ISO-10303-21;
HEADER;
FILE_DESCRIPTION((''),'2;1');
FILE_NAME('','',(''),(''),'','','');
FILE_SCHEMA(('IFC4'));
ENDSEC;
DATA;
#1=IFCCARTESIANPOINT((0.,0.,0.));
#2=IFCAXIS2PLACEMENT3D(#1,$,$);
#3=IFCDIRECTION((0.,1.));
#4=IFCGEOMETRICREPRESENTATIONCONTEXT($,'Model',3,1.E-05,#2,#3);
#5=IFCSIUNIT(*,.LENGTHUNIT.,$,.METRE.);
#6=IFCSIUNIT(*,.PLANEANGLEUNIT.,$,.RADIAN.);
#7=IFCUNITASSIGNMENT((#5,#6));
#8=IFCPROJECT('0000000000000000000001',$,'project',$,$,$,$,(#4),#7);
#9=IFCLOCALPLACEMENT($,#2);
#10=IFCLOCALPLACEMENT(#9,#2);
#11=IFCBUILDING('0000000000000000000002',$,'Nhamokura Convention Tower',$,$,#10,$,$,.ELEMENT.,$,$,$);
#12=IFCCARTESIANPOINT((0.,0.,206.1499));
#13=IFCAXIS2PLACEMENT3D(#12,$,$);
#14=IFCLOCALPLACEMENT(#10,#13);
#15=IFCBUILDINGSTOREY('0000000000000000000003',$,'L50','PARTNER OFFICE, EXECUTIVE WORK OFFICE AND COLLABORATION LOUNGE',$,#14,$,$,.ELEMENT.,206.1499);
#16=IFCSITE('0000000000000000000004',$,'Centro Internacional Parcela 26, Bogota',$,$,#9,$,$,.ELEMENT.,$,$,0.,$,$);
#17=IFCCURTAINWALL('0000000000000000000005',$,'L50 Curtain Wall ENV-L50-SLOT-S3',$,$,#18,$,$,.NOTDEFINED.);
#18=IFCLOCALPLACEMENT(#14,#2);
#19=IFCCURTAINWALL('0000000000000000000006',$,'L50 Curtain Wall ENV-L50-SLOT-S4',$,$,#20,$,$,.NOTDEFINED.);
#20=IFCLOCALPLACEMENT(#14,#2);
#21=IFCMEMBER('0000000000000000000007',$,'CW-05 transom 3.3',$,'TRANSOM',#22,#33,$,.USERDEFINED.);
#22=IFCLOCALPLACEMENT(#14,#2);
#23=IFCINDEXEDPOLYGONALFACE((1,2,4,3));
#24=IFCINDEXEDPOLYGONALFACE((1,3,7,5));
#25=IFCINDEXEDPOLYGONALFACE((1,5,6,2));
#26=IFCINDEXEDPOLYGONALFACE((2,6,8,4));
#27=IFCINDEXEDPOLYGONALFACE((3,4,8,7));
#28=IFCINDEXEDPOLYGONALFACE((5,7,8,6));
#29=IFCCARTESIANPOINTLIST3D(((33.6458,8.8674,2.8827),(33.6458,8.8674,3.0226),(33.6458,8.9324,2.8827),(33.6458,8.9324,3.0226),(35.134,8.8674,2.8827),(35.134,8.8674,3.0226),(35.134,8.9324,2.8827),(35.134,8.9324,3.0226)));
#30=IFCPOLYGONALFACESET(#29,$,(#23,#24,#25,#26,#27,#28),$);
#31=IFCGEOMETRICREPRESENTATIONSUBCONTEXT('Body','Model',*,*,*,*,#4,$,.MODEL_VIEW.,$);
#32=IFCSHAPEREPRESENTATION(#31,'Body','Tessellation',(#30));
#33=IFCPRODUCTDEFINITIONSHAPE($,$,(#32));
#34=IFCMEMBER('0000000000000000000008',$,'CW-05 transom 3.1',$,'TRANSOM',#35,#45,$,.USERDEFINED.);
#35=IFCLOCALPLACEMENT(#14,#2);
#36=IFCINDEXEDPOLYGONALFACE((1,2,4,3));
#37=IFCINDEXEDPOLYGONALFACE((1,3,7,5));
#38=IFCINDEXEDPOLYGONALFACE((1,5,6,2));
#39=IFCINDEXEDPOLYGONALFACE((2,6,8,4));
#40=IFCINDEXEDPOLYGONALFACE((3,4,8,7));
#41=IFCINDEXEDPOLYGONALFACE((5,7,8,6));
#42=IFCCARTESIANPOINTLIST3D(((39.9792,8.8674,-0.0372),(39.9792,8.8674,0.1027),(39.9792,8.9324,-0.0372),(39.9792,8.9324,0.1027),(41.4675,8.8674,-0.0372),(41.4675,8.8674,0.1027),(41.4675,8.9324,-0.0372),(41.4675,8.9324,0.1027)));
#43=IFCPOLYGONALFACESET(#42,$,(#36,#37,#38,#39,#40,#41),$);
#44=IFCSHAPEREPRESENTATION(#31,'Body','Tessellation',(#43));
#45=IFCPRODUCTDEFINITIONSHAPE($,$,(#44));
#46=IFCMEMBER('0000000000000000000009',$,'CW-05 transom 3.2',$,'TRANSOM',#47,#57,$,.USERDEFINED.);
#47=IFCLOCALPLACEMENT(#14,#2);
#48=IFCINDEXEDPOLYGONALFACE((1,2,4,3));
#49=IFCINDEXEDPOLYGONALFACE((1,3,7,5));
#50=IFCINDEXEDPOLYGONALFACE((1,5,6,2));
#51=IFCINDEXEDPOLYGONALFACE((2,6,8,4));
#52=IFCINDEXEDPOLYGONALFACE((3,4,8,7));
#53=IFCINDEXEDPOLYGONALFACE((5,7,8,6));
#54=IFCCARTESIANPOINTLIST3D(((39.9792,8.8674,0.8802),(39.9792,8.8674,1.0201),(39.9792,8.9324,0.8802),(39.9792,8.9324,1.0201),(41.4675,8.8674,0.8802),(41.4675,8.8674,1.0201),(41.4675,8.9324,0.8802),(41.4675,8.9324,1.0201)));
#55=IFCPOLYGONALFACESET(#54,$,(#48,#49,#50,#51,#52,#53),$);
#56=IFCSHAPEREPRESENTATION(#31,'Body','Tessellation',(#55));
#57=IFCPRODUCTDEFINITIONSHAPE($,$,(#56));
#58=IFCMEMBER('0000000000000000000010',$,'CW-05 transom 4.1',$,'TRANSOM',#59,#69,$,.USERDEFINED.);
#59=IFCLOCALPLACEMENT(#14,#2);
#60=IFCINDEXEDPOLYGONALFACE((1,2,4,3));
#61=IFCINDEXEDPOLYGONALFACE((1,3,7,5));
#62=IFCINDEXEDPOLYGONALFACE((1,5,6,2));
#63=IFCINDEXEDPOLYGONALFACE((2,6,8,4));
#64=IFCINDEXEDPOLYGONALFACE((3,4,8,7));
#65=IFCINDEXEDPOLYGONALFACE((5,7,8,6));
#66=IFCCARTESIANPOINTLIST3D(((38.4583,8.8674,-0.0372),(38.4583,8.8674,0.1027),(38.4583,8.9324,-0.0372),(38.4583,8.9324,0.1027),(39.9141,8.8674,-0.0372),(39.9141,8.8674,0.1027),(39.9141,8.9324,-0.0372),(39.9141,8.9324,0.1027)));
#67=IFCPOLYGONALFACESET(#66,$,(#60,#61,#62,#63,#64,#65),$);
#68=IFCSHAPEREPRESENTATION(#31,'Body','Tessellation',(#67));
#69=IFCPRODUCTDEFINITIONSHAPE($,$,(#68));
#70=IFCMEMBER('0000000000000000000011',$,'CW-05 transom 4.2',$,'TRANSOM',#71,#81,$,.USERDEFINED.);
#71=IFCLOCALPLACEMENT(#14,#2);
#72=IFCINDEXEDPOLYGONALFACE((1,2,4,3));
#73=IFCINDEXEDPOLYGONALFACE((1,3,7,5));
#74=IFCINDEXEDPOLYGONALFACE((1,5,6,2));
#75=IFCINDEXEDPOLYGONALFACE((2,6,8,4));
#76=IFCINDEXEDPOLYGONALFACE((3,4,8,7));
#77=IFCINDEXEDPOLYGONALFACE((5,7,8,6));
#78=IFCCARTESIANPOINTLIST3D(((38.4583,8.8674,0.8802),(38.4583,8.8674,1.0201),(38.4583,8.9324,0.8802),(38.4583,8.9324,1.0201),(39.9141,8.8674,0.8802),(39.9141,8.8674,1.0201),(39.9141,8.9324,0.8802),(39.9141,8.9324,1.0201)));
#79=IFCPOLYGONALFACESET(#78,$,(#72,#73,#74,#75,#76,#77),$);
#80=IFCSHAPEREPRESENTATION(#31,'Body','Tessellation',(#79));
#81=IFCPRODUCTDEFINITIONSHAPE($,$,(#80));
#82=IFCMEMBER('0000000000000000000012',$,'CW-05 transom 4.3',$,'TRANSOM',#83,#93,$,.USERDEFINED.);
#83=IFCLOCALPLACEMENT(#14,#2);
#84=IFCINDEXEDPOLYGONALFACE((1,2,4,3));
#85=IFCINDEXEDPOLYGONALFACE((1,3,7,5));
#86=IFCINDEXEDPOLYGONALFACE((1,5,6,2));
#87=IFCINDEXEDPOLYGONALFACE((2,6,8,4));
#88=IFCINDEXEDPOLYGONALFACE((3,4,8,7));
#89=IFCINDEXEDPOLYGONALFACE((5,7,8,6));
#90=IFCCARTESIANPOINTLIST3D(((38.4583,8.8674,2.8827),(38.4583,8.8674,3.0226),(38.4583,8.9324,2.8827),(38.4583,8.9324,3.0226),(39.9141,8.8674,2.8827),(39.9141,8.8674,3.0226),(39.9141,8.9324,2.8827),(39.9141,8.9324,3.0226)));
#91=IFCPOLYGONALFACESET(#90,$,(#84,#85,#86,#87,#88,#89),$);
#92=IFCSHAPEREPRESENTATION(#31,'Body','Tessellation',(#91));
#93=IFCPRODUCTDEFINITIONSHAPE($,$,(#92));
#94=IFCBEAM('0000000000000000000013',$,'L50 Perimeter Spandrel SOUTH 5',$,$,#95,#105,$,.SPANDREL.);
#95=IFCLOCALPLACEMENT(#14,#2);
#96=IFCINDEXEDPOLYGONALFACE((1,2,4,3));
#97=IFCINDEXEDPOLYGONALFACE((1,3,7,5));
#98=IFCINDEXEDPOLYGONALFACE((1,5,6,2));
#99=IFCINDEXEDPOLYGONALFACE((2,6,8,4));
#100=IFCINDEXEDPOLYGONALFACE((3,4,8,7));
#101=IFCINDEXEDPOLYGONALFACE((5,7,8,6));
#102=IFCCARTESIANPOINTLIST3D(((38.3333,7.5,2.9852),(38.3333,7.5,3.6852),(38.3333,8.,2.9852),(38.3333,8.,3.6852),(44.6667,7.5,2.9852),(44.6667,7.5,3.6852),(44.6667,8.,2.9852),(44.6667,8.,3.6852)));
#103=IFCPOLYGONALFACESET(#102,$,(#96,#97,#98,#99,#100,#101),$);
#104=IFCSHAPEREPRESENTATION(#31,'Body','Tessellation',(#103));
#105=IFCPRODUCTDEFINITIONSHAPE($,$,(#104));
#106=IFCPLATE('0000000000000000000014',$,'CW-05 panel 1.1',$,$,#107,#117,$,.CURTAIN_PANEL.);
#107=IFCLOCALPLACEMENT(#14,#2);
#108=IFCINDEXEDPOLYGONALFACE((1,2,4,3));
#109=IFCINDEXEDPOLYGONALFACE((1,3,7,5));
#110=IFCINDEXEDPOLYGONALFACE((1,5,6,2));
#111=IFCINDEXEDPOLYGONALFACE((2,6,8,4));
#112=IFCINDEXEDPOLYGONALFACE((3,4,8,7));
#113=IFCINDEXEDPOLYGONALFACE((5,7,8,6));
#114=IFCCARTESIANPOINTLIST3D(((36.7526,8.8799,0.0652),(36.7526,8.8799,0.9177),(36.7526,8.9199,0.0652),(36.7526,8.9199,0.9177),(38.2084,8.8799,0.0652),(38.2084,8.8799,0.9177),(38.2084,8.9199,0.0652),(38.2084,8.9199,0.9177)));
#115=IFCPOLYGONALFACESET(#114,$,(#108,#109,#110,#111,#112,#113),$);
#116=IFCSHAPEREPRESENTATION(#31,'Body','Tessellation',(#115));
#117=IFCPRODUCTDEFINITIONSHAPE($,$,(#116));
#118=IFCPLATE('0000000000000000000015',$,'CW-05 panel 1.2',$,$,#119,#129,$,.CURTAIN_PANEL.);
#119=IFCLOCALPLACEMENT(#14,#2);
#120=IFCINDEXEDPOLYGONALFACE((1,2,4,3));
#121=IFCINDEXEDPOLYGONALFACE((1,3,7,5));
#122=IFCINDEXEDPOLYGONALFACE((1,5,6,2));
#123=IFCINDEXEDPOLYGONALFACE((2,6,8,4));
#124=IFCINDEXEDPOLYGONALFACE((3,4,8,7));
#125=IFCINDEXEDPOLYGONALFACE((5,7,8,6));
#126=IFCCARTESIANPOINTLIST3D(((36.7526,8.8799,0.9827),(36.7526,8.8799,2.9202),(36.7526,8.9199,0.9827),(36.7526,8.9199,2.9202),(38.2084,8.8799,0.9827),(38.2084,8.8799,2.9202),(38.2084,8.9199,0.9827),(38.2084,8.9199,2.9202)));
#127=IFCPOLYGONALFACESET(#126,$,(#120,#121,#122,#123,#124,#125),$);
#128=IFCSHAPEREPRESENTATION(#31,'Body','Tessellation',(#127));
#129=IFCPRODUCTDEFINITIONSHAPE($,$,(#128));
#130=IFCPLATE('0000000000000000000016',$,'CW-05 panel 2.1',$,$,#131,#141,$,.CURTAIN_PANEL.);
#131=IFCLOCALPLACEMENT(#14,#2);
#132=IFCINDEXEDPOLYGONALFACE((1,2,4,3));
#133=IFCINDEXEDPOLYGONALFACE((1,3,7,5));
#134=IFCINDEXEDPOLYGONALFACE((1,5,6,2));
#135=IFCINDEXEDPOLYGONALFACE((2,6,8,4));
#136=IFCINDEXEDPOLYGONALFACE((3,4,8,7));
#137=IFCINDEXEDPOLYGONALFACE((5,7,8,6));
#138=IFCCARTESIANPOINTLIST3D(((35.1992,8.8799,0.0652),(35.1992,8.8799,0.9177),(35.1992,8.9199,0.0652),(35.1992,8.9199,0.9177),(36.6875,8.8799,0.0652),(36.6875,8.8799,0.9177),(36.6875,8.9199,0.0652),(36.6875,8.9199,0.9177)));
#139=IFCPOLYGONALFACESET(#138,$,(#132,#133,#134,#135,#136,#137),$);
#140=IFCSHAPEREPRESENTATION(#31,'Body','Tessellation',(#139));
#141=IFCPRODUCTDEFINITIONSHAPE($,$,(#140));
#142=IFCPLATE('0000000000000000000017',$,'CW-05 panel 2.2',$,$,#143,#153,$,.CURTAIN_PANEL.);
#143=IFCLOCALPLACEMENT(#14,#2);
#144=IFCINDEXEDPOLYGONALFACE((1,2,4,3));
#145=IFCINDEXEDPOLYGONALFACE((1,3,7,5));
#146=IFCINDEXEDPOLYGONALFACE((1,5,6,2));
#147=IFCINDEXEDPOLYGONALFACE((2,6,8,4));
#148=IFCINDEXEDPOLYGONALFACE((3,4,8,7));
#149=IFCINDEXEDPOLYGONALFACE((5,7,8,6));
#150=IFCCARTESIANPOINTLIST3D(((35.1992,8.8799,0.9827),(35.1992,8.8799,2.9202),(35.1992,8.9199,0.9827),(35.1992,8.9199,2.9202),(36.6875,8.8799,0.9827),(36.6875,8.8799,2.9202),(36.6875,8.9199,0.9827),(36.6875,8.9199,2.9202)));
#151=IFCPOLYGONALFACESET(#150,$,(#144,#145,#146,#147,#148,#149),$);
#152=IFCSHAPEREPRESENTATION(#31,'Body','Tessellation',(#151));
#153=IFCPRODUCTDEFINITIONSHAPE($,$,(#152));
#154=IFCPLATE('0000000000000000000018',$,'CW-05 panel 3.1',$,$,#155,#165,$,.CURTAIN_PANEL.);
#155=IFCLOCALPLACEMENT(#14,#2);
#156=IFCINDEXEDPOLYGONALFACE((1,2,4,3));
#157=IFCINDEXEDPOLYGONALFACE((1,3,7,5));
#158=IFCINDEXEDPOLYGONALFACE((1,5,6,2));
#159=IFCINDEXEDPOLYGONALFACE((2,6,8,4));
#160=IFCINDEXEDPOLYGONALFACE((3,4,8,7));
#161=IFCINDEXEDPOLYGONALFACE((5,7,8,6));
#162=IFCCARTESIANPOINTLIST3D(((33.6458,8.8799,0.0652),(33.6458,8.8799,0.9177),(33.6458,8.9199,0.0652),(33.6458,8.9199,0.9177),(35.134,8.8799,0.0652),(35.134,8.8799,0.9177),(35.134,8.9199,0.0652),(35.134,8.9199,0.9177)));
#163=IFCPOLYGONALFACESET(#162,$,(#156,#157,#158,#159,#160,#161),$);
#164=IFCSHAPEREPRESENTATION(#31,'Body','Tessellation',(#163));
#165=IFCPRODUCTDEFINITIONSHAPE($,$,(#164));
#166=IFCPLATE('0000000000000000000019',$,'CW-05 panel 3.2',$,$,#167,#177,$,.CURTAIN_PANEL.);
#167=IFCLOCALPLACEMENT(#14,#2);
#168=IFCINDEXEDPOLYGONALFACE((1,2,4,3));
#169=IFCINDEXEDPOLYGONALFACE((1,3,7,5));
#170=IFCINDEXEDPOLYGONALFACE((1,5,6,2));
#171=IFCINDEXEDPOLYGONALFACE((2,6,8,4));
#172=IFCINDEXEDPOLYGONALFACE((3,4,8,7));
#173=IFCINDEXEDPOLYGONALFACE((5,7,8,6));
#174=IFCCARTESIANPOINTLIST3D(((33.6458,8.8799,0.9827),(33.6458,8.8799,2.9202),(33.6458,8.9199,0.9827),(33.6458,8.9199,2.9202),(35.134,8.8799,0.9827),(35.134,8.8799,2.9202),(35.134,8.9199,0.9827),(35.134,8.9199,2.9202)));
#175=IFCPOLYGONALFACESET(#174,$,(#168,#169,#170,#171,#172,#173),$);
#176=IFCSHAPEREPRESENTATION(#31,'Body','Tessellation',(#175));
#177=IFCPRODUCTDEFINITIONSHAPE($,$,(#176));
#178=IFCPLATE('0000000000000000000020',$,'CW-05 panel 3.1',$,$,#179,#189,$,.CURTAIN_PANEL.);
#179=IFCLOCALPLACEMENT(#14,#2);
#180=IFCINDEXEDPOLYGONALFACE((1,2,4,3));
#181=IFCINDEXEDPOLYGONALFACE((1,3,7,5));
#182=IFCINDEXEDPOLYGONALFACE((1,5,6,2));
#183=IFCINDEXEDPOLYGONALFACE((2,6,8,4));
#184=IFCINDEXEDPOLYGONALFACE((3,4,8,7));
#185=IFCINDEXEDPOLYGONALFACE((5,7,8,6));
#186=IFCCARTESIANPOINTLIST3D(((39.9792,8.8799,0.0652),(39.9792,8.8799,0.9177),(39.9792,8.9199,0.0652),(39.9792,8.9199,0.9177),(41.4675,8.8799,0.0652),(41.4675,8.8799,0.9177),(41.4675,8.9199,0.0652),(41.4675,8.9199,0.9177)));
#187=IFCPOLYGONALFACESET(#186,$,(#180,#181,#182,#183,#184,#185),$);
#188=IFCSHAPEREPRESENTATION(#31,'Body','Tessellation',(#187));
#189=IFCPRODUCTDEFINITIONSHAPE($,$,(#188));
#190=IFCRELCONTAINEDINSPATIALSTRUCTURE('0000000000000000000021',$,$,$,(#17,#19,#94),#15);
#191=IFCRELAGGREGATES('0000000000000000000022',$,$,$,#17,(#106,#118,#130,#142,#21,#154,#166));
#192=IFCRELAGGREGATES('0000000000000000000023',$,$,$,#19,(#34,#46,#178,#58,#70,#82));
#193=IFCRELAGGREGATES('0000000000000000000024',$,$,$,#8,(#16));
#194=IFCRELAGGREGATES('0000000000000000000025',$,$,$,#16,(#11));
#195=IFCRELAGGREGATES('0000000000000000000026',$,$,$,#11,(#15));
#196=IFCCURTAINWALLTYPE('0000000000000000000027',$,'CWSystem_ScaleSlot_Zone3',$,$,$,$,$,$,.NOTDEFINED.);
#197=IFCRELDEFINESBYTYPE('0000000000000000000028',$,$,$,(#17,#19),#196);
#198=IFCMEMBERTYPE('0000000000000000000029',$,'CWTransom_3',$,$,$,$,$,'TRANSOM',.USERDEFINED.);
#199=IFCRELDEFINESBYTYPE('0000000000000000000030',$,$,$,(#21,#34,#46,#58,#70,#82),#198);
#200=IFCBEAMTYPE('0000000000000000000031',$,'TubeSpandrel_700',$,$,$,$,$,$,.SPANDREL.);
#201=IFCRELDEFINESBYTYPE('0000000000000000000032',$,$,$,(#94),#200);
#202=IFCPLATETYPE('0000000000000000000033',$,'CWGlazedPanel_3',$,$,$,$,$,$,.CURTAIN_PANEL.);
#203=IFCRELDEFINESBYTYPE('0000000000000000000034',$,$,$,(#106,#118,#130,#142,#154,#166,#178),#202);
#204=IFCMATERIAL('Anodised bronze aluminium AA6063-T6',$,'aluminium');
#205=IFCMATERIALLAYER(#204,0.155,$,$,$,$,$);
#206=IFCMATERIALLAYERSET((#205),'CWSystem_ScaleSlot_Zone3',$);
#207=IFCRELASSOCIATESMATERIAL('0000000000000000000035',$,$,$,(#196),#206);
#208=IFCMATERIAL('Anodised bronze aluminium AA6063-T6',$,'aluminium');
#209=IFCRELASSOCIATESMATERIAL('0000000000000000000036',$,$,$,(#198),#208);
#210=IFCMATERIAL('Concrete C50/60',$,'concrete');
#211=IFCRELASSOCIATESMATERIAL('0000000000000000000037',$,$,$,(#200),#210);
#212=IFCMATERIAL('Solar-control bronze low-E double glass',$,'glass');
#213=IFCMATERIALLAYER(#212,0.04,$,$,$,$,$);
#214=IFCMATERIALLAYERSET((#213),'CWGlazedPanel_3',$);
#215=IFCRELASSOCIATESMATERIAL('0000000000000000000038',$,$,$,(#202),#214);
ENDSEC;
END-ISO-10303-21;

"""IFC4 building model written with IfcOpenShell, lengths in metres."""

from ifc_helpers import new_model, si_unit, direction, frame, origin, origin_2d, place, context, subcontext, project, spatial, rectangle, extrude, material, layer, layer_set, material_profile, profile_set, type_object, element, aggregate, save


model = new_model("IFC4")

# Units and contexts
model_context = context("Model", 3, precision=1e-05, world=origin(), true_north=direction((0.0, 1.0)))
body_context = subcontext(model_context, "Body", "Model", "MODEL_VIEW")
ifc_project = project(units=[si_unit("LENGTHUNIT", "METRE"), si_unit("PLANEANGLEUNIT", "RADIAN")], contexts=[model_context])

# Site, building, storey
site_placement = place(None, origin())
site = spatial("IfcSite", under=ifc_project, at=site_placement, Name="Centro Internacional Parcela 26, Bogota", CompositionType="ELEMENT", RefElevation=0.0)
building_placement = place(site_placement, origin())
building = spatial("IfcBuilding", under=site, at=building_placement, Name="Nhamokura Convention Tower", CompositionType="ELEMENT")
storey_placement = place(building_placement, frame((0.0, 0.0, 206.1499)))
storey = spatial("IfcBuildingStorey", under=building, at=storey_placement, Name="L50", Description="PARTNER OFFICE, EXECUTIVE WORK OFFICE AND COLLABORATION LOUNGE", CompositionType="ELEMENT", Elevation=206.1499)

# Curtain walls
ifc_material_1 = material(Name="Anodised bronze aluminium AA6063-T6", Category="aluminium")
ifc_layer_1 = layer(ifc_material_1, 0.155)
ifc_layer_set_1 = layer_set([ifc_layer_1], Name="CWSystem_ScaleSlot_Zone3")
curtain_wall_type = type_object("IfcCurtainWallType", Name="CWSystem_ScaleSlot_Zone3", PredefinedType="NOTDEFINED", material=ifc_layer_set_1)
curtain_wall_1_placement = place(storey_placement, origin())
curtain_wall_1 = element("IfcCurtainWall", 1, at=curtain_wall_1_placement, inside=storey, type_object=curtain_wall_type, Name="L50 Curtain Wall ENV-L50-SLOT-S3", PredefinedType="NOTDEFINED")
curtain_wall_2_placement = place(storey_placement, origin())
curtain_wall_2 = element("IfcCurtainWall", 2, at=curtain_wall_2_placement, inside=storey, type_object=curtain_wall_type, Name="L50 Curtain Wall ENV-L50-SLOT-S4", PredefinedType="NOTDEFINED")

# Members
ifc_material_2 = material(Name="Anodised bronze aluminium AA6063-T6", Category="aluminium")
ifc_material_profile_1 = material_profile(ifc_material_2, rectangle(XDim=0.0649, YDim=0.1399, at=origin_2d()))
ifc_profile_set_1 = profile_set([ifc_material_profile_1], Name="Anodised bronze aluminium AA6063-T6")
member_type_1 = type_object("IfcMemberType", Name="CWTransom_3", ElementType="TRANSOM", PredefinedType="USERDEFINED", material=ifc_profile_set_1)
member_1_placement = place(storey_placement, frame((35.134, 8.8999, 2.9526), z_axis=(-1.0, 0.0, 0.0), x_axis=(0.0, -1.0, 0.0)))
member_1 = element("IfcMember", 3, at=member_1_placement, type_object=member_type_1, Name="CW-05 transom 3.3", ObjectType="TRANSOM", PredefinedType="USERDEFINED", context=body_context, shape_type="SweptSolid", body=[
    extrude(rectangle(XDim=0.0649, YDim=0.1399, at=origin_2d()), origin(), (0.0, 0.0, 1.0), 1.4883),
])
member_2_placement = place(storey_placement, frame((41.4675, 8.8999, 0.0327), z_axis=(-1.0, 0.0, 0.0), x_axis=(0.0, -1.0, 0.0)))
member_2 = element("IfcMember", 4, at=member_2_placement, type_object=member_type_1, Name="CW-05 transom 3.1", ObjectType="TRANSOM", PredefinedType="USERDEFINED", context=body_context, shape_type="SweptSolid", body=[
    extrude(rectangle(XDim=0.0649, YDim=0.1399, at=origin_2d()), origin(), (0.0, 0.0, 1.0), 1.4883),
])
member_3_placement = place(storey_placement, frame((41.4675, 8.8999, 0.9502), z_axis=(-1.0, 0.0, 0.0), x_axis=(0.0, -1.0, 0.0)))
member_3 = element("IfcMember", 5, at=member_3_placement, type_object=member_type_1, Name="CW-05 transom 3.2", ObjectType="TRANSOM", PredefinedType="USERDEFINED", context=body_context, shape_type="SweptSolid", body=[
    extrude(rectangle(XDim=0.0649, YDim=0.1399, at=origin_2d()), origin(), (0.0, 0.0, 1.0), 1.4883),
])
member_4_placement = place(storey_placement, frame((39.9141, 8.8999, 0.0327), z_axis=(-1.0, 0.0, 0.0), x_axis=(0.0, -1.0, 0.0)))
member_4 = element("IfcMember", 6, at=member_4_placement, type_object=member_type_1, Name="CW-05 transom 4.1", ObjectType="TRANSOM", PredefinedType="USERDEFINED", context=body_context, shape_type="SweptSolid", body=[
    extrude(rectangle(XDim=0.0649, YDim=0.1399, at=origin_2d()), origin(), (0.0, 0.0, 1.0), 1.4558),
])
member_5_placement = place(storey_placement, frame((39.9141, 8.8999, 0.9502), z_axis=(-1.0, 0.0, 0.0), x_axis=(0.0, -1.0, 0.0)))
member_5 = element("IfcMember", 7, at=member_5_placement, type_object=member_type_1, Name="CW-05 transom 4.2", ObjectType="TRANSOM", PredefinedType="USERDEFINED", context=body_context, shape_type="SweptSolid", body=[
    extrude(rectangle(XDim=0.0649, YDim=0.1399, at=origin_2d()), origin(), (0.0, 0.0, 1.0), 1.4558),
])
member_6_placement = place(storey_placement, frame((39.9141, 8.8999, 2.9526), z_axis=(-1.0, 0.0, 0.0), x_axis=(0.0, -1.0, 0.0)))
member_6 = element("IfcMember", 8, at=member_6_placement, type_object=member_type_1, Name="CW-05 transom 4.3", ObjectType="TRANSOM", PredefinedType="USERDEFINED", context=body_context, shape_type="SweptSolid", body=[
    extrude(rectangle(XDim=0.0649, YDim=0.1399, at=origin_2d()), origin(), (0.0, 0.0, 1.0), 1.4558),
])

# Beam
ifc_material_3 = material(Name="Concrete C50/60", Category="concrete")
ifc_material_profile_2 = material_profile(ifc_material_3, rectangle(XDim=0.5, YDim=0.7, at=origin_2d()))
ifc_profile_set_2 = profile_set([ifc_material_profile_2], Name="Concrete C50/60")
beam_type = type_object("IfcBeamType", Name="TubeSpandrel_700", PredefinedType="SPANDREL", material=ifc_profile_set_2)
beam_placement = place(storey_placement, frame((38.3333, 7.75, 3.3352), z_axis=(1.0, 0.0, 0.0), x_axis=(0.0, 1.0, 0.0)))
element("IfcBeam", 9, at=beam_placement, inside=storey, type_object=beam_type, Name="L50 Perimeter Spandrel SOUTH 5", PredefinedType="SPANDREL", context=body_context, shape_type="SweptSolid", body=[
    extrude(rectangle(XDim=0.5, YDim=0.7, at=origin_2d()), origin(), (0.0, 0.0, 1.0), 6.3335),
])

# Plates
ifc_material_4 = material(Name="Solar-control bronze low-E double glass", Category="glass")
ifc_layer_2 = layer(ifc_material_4, 0.04)
ifc_layer_set_2 = layer_set([ifc_layer_2], Name="CWGlazedPanel_3")
plate_type = type_object("IfcPlateType", Name="CWGlazedPanel_3", PredefinedType="CURTAIN_PANEL", material=ifc_layer_set_2)
plate_1_placement = place(storey_placement, frame((37.4805, 8.8999, 0.0652), z_axis=(0.0, 0.0, 1.0), x_axis=(-1.0, 0.0, 0.0)))
plate_1 = element("IfcPlate", 10, at=plate_1_placement, type_object=plate_type, Name="CW-05 panel 1.1", PredefinedType="CURTAIN_PANEL", context=body_context, shape_type="SweptSolid", body=[
    extrude(rectangle(XDim=1.4558, YDim=0.04, at=origin_2d()), origin(), (0.0, 0.0, 1.0), 0.8525),
])
plate_2_placement = place(storey_placement, frame((37.4805, 8.8999, 0.9827), z_axis=(0.0, 0.0, 1.0), x_axis=(-1.0, 0.0, 0.0)))
plate_2 = element("IfcPlate", 11, at=plate_2_placement, type_object=plate_type, Name="CW-05 panel 1.2", PredefinedType="CURTAIN_PANEL", context=body_context, shape_type="SweptSolid", body=[
    extrude(rectangle(XDim=1.4558, YDim=0.04, at=origin_2d()), origin(), (0.0, 0.0, 1.0), 1.9375),
])
plate_3_placement = place(storey_placement, frame((35.9434, 8.8999, 0.0652), z_axis=(0.0, 0.0, 1.0), x_axis=(-1.0, 0.0, 0.0)))
plate_3 = element("IfcPlate", 12, at=plate_3_placement, type_object=plate_type, Name="CW-05 panel 2.1", PredefinedType="CURTAIN_PANEL", context=body_context, shape_type="SweptSolid", body=[
    extrude(rectangle(XDim=1.4883, YDim=0.04, at=origin_2d()), origin(), (0.0, 0.0, 1.0), 0.8525),
])
plate_4_placement = place(storey_placement, frame((35.9434, 8.8999, 0.9827), z_axis=(0.0, 0.0, 1.0), x_axis=(-1.0, 0.0, 0.0)))
plate_4 = element("IfcPlate", 13, at=plate_4_placement, type_object=plate_type, Name="CW-05 panel 2.2", PredefinedType="CURTAIN_PANEL", context=body_context, shape_type="SweptSolid", body=[
    extrude(rectangle(XDim=1.4883, YDim=0.04, at=origin_2d()), origin(), (0.0, 0.0, 1.0), 1.9375),
])
plate_5_placement = place(storey_placement, frame((34.3899, 8.8999, 0.0652), z_axis=(0.0, 0.0, 1.0), x_axis=(-1.0, 0.0, 0.0)))
plate_5 = element("IfcPlate", 14, at=plate_5_placement, type_object=plate_type, Name="CW-05 panel 3.1", PredefinedType="CURTAIN_PANEL", context=body_context, shape_type="SweptSolid", body=[
    extrude(rectangle(XDim=1.4883, YDim=0.04, at=origin_2d()), origin(), (0.0, 0.0, 1.0), 0.8525),
])
plate_6_placement = place(storey_placement, frame((34.3899, 8.8999, 0.9827), z_axis=(0.0, 0.0, 1.0), x_axis=(-1.0, 0.0, 0.0)))
plate_6 = element("IfcPlate", 15, at=plate_6_placement, type_object=plate_type, Name="CW-05 panel 3.2", PredefinedType="CURTAIN_PANEL", context=body_context, shape_type="SweptSolid", body=[
    extrude(rectangle(XDim=1.4883, YDim=0.04, at=origin_2d()), origin(), (0.0, 0.0, 1.0), 1.9375),
])
aggregate(curtain_wall_1, [plate_1, plate_2, plate_3, plate_4, member_1, plate_5, plate_6])
plate_7_placement = place(storey_placement, frame((40.7234, 8.8999, 0.0652), z_axis=(0.0, 0.0, 1.0), x_axis=(-1.0, 0.0, 0.0)))
plate_7 = element("IfcPlate", 16, at=plate_7_placement, type_object=plate_type, Name="CW-05 panel 3.1", PredefinedType="CURTAIN_PANEL", context=body_context, shape_type="SweptSolid", body=[
    extrude(rectangle(XDim=1.4883, YDim=0.04, at=origin_2d()), origin(), (0.0, 0.0, 1.0), 0.8525),
])
aggregate(curtain_wall_2, [member_2, member_3, plate_7, member_4, member_5, member_6])

save(model, "model.ifc")
